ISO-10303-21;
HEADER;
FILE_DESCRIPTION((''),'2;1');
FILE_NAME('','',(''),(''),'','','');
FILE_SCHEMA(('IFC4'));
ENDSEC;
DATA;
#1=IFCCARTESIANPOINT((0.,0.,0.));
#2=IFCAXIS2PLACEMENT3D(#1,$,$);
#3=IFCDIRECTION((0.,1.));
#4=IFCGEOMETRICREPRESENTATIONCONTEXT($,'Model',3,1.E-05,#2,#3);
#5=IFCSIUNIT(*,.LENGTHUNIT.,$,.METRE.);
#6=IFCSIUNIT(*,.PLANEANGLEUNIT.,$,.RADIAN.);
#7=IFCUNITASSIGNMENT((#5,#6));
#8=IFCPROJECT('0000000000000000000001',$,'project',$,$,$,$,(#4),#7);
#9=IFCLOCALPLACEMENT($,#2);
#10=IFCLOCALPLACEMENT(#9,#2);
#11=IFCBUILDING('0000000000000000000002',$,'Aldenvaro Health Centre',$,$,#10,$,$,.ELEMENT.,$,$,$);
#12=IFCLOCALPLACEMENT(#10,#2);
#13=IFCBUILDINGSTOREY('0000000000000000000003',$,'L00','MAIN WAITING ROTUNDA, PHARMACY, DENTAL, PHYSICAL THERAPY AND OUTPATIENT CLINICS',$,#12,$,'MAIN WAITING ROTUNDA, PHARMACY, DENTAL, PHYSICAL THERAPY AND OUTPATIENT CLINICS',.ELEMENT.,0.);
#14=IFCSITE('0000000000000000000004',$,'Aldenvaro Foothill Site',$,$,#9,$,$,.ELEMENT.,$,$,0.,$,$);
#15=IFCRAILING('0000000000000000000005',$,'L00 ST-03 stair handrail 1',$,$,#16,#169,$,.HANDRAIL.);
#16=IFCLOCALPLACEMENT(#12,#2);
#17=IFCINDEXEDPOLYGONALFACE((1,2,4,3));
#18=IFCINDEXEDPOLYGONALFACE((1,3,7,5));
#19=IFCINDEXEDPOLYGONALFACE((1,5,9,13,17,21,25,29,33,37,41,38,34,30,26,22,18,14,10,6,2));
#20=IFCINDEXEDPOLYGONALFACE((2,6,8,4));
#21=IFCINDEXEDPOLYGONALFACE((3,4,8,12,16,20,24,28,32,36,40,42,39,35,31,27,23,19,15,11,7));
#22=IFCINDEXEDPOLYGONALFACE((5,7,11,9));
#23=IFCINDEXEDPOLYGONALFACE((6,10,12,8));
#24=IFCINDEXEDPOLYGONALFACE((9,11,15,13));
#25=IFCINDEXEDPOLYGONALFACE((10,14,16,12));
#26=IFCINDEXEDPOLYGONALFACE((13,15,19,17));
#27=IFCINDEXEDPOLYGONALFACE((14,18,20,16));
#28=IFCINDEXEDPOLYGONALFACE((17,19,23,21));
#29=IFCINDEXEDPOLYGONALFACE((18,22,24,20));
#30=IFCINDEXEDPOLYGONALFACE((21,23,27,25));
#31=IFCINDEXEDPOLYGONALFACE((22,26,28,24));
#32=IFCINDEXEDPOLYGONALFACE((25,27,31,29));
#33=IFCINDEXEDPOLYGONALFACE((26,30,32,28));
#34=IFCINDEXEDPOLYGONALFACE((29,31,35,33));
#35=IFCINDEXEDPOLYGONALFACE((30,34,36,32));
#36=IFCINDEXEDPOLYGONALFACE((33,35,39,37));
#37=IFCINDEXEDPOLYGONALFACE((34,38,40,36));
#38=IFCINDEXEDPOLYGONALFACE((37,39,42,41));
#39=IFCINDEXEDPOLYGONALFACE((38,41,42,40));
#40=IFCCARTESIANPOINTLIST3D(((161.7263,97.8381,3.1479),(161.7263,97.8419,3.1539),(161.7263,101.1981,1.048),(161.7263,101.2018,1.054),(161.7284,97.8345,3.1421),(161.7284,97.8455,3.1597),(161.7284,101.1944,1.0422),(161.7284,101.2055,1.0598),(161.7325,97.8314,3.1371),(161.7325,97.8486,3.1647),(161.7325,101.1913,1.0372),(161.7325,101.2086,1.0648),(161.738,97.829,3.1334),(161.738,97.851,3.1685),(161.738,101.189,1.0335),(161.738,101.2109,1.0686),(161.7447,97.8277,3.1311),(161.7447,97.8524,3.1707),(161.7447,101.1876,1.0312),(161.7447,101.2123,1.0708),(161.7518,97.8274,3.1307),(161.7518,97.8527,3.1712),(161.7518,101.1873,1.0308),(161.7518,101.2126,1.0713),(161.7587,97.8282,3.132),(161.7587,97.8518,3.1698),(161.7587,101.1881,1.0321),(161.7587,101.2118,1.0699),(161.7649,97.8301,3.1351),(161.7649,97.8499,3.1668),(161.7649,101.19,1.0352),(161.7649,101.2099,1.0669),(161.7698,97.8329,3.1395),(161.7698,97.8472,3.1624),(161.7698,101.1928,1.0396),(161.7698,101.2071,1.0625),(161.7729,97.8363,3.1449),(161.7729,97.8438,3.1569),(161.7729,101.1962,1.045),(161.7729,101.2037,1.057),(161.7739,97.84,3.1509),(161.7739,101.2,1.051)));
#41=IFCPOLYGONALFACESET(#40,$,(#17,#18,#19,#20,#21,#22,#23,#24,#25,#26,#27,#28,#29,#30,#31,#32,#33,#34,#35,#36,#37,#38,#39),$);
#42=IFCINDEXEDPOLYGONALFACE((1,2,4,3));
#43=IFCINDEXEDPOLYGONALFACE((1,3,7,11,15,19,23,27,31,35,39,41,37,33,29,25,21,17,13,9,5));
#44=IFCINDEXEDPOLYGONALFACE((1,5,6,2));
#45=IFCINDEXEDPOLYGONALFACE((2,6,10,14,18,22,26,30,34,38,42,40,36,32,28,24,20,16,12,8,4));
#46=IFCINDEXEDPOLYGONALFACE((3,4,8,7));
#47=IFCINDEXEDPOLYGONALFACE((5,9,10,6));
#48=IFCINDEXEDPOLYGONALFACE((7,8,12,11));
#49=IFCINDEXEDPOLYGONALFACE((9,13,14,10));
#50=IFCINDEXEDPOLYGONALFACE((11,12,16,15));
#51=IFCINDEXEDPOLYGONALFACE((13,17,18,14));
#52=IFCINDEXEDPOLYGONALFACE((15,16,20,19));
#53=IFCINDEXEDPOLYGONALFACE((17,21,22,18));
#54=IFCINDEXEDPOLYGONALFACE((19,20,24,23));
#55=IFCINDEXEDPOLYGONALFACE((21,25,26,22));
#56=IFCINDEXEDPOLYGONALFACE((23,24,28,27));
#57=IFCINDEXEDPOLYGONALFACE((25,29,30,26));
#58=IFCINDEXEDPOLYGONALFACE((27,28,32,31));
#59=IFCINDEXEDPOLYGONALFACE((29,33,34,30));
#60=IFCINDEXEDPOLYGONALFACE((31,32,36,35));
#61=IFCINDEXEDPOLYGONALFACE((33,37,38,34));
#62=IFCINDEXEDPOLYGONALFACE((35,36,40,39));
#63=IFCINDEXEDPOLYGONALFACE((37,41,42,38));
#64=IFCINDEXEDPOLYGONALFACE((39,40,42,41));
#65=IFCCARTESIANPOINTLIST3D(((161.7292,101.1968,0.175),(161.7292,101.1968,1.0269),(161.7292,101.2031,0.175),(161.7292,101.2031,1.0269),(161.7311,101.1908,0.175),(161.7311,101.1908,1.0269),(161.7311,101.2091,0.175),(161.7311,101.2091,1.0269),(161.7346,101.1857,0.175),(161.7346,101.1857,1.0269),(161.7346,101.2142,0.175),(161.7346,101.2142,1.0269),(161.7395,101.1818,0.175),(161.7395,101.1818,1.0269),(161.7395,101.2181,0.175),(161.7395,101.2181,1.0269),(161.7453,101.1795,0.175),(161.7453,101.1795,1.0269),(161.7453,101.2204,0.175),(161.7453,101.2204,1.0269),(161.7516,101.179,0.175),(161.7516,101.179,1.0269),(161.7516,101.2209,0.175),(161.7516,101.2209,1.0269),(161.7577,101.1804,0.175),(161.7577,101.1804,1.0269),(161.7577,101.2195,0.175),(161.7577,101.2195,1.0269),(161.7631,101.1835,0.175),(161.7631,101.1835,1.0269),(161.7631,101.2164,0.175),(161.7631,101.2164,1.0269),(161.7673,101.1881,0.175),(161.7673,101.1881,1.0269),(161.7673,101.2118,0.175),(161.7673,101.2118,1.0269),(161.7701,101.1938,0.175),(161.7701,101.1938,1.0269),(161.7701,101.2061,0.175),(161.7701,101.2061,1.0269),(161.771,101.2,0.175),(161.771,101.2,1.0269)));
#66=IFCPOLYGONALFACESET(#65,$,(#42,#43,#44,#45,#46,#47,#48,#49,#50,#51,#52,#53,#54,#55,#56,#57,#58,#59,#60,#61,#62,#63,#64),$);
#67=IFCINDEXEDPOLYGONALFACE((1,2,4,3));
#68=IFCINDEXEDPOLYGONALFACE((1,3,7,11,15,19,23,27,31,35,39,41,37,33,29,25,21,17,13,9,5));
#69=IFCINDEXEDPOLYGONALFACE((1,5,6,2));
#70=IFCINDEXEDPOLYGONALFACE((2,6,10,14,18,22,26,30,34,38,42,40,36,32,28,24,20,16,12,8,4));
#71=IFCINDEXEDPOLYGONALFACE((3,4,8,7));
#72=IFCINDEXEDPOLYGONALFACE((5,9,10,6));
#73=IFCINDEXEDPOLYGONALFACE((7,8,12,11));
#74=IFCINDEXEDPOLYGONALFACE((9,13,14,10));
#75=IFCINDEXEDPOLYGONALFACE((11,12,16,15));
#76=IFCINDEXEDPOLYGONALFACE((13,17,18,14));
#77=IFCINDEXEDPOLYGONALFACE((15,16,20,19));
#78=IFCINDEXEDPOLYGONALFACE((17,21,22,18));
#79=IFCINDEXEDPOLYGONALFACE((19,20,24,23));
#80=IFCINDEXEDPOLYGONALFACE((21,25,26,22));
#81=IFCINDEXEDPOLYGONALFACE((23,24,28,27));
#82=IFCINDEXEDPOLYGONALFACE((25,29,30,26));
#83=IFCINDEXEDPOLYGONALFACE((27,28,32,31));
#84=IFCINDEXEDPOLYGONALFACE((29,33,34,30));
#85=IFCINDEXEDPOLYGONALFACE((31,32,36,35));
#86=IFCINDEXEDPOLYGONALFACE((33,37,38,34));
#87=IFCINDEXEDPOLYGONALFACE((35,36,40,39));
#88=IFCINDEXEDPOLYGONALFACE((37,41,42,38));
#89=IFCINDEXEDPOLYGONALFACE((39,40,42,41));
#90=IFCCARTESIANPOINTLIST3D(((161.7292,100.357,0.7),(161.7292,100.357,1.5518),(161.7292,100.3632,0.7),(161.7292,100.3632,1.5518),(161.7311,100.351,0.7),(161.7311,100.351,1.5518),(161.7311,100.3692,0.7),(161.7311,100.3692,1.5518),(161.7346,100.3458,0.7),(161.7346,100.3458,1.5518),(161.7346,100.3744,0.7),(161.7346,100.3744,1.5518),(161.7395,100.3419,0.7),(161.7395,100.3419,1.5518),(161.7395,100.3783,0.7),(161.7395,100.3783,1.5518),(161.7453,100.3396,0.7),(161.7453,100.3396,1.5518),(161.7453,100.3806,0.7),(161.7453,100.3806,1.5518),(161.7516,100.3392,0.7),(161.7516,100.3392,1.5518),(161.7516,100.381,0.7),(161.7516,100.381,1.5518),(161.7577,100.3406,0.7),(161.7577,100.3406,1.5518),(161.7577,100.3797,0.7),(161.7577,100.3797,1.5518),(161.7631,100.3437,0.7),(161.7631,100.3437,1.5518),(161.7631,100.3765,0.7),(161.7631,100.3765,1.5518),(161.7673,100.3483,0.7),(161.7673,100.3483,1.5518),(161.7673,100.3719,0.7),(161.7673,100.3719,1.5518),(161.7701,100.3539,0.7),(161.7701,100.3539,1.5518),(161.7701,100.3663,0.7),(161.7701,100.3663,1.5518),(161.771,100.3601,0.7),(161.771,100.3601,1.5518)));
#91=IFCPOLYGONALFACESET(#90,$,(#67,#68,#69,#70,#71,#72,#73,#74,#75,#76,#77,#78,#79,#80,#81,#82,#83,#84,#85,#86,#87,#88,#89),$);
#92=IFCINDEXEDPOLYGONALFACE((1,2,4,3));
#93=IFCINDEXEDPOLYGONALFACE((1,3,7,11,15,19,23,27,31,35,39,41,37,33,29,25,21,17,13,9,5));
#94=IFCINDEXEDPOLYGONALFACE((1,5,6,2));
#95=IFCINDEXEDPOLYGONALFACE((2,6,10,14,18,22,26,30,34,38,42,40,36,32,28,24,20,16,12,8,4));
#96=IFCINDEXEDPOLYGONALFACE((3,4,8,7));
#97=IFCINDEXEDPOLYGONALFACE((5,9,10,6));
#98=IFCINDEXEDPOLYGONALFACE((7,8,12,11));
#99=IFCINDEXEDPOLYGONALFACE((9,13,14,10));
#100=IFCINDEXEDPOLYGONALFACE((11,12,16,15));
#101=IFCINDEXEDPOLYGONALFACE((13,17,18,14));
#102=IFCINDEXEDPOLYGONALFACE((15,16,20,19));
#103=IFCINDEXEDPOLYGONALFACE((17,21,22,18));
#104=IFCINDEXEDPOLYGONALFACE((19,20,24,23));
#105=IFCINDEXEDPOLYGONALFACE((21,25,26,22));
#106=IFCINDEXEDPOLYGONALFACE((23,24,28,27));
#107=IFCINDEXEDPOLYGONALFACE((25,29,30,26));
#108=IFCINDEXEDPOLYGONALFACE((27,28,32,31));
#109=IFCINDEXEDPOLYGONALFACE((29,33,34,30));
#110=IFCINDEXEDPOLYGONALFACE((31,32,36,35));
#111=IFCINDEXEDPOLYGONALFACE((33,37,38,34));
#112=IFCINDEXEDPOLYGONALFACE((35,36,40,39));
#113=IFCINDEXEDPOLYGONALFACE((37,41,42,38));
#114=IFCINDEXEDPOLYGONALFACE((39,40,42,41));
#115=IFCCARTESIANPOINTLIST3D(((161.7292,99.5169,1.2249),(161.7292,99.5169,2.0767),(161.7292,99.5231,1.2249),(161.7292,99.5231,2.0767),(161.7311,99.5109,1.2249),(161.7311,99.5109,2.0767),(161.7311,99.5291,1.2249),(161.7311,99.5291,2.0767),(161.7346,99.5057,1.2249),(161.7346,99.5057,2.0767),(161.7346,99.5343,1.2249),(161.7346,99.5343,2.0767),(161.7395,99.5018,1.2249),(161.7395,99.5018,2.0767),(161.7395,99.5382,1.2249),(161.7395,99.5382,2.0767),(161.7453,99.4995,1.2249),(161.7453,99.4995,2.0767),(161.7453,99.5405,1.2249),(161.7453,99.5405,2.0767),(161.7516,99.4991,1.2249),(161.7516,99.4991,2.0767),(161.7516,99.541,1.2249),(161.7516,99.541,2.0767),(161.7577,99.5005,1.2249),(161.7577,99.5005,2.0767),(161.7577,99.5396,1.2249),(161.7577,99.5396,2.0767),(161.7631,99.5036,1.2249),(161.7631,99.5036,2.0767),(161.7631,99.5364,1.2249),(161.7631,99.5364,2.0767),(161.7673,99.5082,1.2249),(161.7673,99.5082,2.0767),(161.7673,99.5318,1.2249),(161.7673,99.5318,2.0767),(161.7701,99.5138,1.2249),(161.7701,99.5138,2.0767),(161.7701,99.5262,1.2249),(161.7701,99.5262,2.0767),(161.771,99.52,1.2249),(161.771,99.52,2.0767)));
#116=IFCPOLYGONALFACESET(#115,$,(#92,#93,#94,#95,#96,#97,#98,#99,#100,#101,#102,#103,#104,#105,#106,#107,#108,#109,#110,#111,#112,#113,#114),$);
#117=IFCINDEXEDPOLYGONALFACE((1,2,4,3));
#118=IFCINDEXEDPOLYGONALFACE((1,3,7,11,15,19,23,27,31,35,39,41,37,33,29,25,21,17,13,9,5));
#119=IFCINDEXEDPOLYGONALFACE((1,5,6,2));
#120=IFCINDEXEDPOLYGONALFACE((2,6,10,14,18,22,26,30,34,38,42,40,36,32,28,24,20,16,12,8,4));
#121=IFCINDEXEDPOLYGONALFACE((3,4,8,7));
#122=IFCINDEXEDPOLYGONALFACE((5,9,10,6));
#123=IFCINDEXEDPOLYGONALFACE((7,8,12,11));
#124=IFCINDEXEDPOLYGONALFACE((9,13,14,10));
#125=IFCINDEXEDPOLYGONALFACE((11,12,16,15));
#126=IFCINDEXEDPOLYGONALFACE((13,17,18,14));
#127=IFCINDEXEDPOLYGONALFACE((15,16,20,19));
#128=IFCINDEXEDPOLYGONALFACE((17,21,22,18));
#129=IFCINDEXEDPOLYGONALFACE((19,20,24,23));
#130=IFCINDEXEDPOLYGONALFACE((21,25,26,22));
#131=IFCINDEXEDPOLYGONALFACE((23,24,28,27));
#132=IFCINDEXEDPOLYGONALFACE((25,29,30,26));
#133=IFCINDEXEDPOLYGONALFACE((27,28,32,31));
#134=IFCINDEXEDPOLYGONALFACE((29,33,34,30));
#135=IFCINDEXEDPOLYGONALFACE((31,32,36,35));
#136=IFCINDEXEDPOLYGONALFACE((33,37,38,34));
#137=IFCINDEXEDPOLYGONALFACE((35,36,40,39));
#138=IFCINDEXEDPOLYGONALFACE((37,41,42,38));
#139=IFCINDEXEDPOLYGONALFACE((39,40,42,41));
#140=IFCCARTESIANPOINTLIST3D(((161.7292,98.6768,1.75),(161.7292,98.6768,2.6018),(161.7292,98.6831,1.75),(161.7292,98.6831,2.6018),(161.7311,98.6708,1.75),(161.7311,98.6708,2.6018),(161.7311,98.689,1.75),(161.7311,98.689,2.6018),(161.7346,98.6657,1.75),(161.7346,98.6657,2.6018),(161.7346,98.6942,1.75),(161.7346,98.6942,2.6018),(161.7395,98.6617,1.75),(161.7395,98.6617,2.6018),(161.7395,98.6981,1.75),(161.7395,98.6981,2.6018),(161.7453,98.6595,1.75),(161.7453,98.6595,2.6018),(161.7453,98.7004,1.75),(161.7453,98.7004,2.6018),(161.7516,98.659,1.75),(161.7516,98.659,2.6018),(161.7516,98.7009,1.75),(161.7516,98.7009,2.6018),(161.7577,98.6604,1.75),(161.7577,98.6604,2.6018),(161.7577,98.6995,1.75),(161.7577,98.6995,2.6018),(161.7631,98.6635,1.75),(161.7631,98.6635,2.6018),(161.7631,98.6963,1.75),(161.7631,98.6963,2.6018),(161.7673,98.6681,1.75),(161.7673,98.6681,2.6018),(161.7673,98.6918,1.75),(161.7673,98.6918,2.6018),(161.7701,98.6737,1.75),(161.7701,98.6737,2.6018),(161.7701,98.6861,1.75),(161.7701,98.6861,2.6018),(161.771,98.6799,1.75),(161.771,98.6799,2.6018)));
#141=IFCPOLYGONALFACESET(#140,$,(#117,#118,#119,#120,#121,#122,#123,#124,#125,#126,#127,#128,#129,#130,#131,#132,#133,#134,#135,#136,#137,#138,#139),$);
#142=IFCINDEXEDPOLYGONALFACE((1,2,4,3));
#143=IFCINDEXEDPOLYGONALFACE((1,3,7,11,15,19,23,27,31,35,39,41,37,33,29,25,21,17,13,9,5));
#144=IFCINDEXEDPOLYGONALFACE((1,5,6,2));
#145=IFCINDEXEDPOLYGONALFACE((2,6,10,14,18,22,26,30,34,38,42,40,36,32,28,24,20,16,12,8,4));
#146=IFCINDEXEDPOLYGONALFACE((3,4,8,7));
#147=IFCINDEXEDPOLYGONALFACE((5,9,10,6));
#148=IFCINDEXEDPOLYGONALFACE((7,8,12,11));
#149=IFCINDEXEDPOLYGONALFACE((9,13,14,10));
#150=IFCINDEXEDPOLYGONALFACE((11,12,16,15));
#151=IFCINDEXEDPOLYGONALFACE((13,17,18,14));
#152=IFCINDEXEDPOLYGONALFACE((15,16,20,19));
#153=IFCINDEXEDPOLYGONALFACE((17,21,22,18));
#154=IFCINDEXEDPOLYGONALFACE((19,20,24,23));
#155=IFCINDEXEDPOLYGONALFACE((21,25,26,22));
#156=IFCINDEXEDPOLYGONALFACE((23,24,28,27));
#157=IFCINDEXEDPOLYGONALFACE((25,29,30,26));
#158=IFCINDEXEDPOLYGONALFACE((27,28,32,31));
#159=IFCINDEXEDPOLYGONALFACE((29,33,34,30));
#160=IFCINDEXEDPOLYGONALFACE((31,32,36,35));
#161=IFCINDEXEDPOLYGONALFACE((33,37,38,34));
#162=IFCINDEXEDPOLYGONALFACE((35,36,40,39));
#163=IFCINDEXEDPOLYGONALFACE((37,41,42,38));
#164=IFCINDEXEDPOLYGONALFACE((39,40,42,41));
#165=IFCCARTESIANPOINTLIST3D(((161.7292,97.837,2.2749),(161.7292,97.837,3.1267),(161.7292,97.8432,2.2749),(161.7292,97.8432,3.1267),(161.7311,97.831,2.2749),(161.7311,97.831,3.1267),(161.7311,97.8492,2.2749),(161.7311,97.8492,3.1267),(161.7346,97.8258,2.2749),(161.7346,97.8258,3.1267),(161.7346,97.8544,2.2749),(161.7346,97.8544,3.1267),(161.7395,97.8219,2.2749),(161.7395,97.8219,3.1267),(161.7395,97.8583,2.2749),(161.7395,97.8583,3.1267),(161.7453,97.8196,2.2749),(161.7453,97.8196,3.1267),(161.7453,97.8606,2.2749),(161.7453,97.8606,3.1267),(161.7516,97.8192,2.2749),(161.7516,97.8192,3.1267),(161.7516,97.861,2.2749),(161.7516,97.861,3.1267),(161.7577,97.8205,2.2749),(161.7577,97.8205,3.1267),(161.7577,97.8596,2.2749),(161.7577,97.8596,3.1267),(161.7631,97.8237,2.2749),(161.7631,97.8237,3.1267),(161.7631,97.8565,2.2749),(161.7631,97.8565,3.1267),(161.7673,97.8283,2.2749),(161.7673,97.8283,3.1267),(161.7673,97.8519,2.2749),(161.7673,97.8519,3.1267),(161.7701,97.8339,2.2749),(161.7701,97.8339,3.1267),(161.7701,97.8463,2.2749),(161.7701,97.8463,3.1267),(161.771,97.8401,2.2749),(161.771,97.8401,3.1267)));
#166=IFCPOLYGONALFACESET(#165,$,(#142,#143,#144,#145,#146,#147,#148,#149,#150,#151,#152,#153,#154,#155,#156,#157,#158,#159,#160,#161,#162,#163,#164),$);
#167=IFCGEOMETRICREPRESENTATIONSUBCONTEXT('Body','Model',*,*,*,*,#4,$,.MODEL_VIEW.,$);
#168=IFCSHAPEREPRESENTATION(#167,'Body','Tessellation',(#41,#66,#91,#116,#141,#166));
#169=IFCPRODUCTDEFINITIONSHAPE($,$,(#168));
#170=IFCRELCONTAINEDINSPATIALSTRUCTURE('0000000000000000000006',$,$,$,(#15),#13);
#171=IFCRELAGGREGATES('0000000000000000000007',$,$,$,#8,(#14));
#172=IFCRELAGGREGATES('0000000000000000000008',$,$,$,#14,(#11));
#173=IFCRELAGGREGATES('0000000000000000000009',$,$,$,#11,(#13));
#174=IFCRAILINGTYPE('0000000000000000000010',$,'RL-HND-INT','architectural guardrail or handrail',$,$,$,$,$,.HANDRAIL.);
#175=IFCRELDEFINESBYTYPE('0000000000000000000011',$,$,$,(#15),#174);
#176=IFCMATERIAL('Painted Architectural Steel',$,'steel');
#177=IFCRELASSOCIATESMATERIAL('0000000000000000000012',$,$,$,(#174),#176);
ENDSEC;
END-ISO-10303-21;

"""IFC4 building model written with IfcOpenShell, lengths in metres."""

from ifc_helpers import new_model, si_unit, direction, frame, origin, origin_2d, place, context, subcontext, project, spatial, circle, extrude, material, type_object, element, save


model = new_model("IFC4")

# Units and contexts
model_context = context("Model", 3, precision=1e-05, world=origin(), true_north=direction((0.0, 1.0)))
body_context = subcontext(model_context, "Body", "Model", "MODEL_VIEW")
ifc_project = project(units=[si_unit("LENGTHUNIT", "METRE"), si_unit("PLANEANGLEUNIT", "RADIAN")], contexts=[model_context])

# Site, building, storey
site_placement = place(None, origin())
site = spatial("IfcSite", under=ifc_project, at=site_placement, Name="Aldenvaro Foothill Site", CompositionType="ELEMENT", RefElevation=0.0)
building_placement = place(site_placement, origin())
building = spatial("IfcBuilding", under=site, at=building_placement, Name="Aldenvaro Health Centre", CompositionType="ELEMENT")
storey_placement = place(building_placement, origin())
storey = spatial("IfcBuildingStorey", under=building, at=storey_placement, Name="L00", Description="MAIN WAITING ROTUNDA, PHARMACY, DENTAL, PHYSICAL THERAPY AND OUTPATIENT CLINICS", LongName="MAIN WAITING ROTUNDA, PHARMACY, DENTAL, PHYSICAL THERAPY AND OUTPATIENT CLINICS", CompositionType="ELEMENT", Elevation=0.0)

# Railing
ifc_material_1 = material(Name="Painted Architectural Steel", Category="steel")
railing_type_1 = type_object("IfcRailingType", Name="RL-HND-INT", Description="architectural guardrail or handrail", PredefinedType="HANDRAIL", material=ifc_material_1)
railing_1_placement = place(storey_placement, frame((161.75, 101.2, 0.175)))
element("IfcRailing", 1, at=railing_1_placement, inside=storey, type_object=railing_type_1, Name="L00 ST-03 stair handrail 1", PredefinedType="HANDRAIL", context=body_context, shape_type="SweptSolid", body=[
    extrude(circle(Radius=0.0239, at=origin_2d()), frame((0.0, 0.0, 0.876), z_axis=(0.0, -0.848005, 0.529988), x_axis=(1.0, 0.0, 0.0)), (0.0, 0.0, 1.0), 3.9622),
    extrude(circle(Radius=0.021, at=origin_2d()), origin(), (0.0, 0.0, 1.0), 0.8518),
    extrude(circle(Radius=0.021, at=origin_2d()), frame((0.0, -0.8398, 0.5249)), (0.0, 0.0, 1.0), 0.8518),
    extrude(circle(Radius=0.021, at=origin_2d()), frame((0.0, -1.6799, 1.0498)), (0.0, 0.0, 1.0), 0.8518),
    extrude(circle(Radius=0.021, at=origin_2d()), frame((0.0, -2.52, 1.575)), (0.0, 0.0, 1.0), 0.8518),
    extrude(circle(Radius=0.021, at=origin_2d()), frame((0.0, -3.3599, 2.0999)), (0.0, 0.0, 1.0), 0.8518),
])

save(model, "model.ifc")
